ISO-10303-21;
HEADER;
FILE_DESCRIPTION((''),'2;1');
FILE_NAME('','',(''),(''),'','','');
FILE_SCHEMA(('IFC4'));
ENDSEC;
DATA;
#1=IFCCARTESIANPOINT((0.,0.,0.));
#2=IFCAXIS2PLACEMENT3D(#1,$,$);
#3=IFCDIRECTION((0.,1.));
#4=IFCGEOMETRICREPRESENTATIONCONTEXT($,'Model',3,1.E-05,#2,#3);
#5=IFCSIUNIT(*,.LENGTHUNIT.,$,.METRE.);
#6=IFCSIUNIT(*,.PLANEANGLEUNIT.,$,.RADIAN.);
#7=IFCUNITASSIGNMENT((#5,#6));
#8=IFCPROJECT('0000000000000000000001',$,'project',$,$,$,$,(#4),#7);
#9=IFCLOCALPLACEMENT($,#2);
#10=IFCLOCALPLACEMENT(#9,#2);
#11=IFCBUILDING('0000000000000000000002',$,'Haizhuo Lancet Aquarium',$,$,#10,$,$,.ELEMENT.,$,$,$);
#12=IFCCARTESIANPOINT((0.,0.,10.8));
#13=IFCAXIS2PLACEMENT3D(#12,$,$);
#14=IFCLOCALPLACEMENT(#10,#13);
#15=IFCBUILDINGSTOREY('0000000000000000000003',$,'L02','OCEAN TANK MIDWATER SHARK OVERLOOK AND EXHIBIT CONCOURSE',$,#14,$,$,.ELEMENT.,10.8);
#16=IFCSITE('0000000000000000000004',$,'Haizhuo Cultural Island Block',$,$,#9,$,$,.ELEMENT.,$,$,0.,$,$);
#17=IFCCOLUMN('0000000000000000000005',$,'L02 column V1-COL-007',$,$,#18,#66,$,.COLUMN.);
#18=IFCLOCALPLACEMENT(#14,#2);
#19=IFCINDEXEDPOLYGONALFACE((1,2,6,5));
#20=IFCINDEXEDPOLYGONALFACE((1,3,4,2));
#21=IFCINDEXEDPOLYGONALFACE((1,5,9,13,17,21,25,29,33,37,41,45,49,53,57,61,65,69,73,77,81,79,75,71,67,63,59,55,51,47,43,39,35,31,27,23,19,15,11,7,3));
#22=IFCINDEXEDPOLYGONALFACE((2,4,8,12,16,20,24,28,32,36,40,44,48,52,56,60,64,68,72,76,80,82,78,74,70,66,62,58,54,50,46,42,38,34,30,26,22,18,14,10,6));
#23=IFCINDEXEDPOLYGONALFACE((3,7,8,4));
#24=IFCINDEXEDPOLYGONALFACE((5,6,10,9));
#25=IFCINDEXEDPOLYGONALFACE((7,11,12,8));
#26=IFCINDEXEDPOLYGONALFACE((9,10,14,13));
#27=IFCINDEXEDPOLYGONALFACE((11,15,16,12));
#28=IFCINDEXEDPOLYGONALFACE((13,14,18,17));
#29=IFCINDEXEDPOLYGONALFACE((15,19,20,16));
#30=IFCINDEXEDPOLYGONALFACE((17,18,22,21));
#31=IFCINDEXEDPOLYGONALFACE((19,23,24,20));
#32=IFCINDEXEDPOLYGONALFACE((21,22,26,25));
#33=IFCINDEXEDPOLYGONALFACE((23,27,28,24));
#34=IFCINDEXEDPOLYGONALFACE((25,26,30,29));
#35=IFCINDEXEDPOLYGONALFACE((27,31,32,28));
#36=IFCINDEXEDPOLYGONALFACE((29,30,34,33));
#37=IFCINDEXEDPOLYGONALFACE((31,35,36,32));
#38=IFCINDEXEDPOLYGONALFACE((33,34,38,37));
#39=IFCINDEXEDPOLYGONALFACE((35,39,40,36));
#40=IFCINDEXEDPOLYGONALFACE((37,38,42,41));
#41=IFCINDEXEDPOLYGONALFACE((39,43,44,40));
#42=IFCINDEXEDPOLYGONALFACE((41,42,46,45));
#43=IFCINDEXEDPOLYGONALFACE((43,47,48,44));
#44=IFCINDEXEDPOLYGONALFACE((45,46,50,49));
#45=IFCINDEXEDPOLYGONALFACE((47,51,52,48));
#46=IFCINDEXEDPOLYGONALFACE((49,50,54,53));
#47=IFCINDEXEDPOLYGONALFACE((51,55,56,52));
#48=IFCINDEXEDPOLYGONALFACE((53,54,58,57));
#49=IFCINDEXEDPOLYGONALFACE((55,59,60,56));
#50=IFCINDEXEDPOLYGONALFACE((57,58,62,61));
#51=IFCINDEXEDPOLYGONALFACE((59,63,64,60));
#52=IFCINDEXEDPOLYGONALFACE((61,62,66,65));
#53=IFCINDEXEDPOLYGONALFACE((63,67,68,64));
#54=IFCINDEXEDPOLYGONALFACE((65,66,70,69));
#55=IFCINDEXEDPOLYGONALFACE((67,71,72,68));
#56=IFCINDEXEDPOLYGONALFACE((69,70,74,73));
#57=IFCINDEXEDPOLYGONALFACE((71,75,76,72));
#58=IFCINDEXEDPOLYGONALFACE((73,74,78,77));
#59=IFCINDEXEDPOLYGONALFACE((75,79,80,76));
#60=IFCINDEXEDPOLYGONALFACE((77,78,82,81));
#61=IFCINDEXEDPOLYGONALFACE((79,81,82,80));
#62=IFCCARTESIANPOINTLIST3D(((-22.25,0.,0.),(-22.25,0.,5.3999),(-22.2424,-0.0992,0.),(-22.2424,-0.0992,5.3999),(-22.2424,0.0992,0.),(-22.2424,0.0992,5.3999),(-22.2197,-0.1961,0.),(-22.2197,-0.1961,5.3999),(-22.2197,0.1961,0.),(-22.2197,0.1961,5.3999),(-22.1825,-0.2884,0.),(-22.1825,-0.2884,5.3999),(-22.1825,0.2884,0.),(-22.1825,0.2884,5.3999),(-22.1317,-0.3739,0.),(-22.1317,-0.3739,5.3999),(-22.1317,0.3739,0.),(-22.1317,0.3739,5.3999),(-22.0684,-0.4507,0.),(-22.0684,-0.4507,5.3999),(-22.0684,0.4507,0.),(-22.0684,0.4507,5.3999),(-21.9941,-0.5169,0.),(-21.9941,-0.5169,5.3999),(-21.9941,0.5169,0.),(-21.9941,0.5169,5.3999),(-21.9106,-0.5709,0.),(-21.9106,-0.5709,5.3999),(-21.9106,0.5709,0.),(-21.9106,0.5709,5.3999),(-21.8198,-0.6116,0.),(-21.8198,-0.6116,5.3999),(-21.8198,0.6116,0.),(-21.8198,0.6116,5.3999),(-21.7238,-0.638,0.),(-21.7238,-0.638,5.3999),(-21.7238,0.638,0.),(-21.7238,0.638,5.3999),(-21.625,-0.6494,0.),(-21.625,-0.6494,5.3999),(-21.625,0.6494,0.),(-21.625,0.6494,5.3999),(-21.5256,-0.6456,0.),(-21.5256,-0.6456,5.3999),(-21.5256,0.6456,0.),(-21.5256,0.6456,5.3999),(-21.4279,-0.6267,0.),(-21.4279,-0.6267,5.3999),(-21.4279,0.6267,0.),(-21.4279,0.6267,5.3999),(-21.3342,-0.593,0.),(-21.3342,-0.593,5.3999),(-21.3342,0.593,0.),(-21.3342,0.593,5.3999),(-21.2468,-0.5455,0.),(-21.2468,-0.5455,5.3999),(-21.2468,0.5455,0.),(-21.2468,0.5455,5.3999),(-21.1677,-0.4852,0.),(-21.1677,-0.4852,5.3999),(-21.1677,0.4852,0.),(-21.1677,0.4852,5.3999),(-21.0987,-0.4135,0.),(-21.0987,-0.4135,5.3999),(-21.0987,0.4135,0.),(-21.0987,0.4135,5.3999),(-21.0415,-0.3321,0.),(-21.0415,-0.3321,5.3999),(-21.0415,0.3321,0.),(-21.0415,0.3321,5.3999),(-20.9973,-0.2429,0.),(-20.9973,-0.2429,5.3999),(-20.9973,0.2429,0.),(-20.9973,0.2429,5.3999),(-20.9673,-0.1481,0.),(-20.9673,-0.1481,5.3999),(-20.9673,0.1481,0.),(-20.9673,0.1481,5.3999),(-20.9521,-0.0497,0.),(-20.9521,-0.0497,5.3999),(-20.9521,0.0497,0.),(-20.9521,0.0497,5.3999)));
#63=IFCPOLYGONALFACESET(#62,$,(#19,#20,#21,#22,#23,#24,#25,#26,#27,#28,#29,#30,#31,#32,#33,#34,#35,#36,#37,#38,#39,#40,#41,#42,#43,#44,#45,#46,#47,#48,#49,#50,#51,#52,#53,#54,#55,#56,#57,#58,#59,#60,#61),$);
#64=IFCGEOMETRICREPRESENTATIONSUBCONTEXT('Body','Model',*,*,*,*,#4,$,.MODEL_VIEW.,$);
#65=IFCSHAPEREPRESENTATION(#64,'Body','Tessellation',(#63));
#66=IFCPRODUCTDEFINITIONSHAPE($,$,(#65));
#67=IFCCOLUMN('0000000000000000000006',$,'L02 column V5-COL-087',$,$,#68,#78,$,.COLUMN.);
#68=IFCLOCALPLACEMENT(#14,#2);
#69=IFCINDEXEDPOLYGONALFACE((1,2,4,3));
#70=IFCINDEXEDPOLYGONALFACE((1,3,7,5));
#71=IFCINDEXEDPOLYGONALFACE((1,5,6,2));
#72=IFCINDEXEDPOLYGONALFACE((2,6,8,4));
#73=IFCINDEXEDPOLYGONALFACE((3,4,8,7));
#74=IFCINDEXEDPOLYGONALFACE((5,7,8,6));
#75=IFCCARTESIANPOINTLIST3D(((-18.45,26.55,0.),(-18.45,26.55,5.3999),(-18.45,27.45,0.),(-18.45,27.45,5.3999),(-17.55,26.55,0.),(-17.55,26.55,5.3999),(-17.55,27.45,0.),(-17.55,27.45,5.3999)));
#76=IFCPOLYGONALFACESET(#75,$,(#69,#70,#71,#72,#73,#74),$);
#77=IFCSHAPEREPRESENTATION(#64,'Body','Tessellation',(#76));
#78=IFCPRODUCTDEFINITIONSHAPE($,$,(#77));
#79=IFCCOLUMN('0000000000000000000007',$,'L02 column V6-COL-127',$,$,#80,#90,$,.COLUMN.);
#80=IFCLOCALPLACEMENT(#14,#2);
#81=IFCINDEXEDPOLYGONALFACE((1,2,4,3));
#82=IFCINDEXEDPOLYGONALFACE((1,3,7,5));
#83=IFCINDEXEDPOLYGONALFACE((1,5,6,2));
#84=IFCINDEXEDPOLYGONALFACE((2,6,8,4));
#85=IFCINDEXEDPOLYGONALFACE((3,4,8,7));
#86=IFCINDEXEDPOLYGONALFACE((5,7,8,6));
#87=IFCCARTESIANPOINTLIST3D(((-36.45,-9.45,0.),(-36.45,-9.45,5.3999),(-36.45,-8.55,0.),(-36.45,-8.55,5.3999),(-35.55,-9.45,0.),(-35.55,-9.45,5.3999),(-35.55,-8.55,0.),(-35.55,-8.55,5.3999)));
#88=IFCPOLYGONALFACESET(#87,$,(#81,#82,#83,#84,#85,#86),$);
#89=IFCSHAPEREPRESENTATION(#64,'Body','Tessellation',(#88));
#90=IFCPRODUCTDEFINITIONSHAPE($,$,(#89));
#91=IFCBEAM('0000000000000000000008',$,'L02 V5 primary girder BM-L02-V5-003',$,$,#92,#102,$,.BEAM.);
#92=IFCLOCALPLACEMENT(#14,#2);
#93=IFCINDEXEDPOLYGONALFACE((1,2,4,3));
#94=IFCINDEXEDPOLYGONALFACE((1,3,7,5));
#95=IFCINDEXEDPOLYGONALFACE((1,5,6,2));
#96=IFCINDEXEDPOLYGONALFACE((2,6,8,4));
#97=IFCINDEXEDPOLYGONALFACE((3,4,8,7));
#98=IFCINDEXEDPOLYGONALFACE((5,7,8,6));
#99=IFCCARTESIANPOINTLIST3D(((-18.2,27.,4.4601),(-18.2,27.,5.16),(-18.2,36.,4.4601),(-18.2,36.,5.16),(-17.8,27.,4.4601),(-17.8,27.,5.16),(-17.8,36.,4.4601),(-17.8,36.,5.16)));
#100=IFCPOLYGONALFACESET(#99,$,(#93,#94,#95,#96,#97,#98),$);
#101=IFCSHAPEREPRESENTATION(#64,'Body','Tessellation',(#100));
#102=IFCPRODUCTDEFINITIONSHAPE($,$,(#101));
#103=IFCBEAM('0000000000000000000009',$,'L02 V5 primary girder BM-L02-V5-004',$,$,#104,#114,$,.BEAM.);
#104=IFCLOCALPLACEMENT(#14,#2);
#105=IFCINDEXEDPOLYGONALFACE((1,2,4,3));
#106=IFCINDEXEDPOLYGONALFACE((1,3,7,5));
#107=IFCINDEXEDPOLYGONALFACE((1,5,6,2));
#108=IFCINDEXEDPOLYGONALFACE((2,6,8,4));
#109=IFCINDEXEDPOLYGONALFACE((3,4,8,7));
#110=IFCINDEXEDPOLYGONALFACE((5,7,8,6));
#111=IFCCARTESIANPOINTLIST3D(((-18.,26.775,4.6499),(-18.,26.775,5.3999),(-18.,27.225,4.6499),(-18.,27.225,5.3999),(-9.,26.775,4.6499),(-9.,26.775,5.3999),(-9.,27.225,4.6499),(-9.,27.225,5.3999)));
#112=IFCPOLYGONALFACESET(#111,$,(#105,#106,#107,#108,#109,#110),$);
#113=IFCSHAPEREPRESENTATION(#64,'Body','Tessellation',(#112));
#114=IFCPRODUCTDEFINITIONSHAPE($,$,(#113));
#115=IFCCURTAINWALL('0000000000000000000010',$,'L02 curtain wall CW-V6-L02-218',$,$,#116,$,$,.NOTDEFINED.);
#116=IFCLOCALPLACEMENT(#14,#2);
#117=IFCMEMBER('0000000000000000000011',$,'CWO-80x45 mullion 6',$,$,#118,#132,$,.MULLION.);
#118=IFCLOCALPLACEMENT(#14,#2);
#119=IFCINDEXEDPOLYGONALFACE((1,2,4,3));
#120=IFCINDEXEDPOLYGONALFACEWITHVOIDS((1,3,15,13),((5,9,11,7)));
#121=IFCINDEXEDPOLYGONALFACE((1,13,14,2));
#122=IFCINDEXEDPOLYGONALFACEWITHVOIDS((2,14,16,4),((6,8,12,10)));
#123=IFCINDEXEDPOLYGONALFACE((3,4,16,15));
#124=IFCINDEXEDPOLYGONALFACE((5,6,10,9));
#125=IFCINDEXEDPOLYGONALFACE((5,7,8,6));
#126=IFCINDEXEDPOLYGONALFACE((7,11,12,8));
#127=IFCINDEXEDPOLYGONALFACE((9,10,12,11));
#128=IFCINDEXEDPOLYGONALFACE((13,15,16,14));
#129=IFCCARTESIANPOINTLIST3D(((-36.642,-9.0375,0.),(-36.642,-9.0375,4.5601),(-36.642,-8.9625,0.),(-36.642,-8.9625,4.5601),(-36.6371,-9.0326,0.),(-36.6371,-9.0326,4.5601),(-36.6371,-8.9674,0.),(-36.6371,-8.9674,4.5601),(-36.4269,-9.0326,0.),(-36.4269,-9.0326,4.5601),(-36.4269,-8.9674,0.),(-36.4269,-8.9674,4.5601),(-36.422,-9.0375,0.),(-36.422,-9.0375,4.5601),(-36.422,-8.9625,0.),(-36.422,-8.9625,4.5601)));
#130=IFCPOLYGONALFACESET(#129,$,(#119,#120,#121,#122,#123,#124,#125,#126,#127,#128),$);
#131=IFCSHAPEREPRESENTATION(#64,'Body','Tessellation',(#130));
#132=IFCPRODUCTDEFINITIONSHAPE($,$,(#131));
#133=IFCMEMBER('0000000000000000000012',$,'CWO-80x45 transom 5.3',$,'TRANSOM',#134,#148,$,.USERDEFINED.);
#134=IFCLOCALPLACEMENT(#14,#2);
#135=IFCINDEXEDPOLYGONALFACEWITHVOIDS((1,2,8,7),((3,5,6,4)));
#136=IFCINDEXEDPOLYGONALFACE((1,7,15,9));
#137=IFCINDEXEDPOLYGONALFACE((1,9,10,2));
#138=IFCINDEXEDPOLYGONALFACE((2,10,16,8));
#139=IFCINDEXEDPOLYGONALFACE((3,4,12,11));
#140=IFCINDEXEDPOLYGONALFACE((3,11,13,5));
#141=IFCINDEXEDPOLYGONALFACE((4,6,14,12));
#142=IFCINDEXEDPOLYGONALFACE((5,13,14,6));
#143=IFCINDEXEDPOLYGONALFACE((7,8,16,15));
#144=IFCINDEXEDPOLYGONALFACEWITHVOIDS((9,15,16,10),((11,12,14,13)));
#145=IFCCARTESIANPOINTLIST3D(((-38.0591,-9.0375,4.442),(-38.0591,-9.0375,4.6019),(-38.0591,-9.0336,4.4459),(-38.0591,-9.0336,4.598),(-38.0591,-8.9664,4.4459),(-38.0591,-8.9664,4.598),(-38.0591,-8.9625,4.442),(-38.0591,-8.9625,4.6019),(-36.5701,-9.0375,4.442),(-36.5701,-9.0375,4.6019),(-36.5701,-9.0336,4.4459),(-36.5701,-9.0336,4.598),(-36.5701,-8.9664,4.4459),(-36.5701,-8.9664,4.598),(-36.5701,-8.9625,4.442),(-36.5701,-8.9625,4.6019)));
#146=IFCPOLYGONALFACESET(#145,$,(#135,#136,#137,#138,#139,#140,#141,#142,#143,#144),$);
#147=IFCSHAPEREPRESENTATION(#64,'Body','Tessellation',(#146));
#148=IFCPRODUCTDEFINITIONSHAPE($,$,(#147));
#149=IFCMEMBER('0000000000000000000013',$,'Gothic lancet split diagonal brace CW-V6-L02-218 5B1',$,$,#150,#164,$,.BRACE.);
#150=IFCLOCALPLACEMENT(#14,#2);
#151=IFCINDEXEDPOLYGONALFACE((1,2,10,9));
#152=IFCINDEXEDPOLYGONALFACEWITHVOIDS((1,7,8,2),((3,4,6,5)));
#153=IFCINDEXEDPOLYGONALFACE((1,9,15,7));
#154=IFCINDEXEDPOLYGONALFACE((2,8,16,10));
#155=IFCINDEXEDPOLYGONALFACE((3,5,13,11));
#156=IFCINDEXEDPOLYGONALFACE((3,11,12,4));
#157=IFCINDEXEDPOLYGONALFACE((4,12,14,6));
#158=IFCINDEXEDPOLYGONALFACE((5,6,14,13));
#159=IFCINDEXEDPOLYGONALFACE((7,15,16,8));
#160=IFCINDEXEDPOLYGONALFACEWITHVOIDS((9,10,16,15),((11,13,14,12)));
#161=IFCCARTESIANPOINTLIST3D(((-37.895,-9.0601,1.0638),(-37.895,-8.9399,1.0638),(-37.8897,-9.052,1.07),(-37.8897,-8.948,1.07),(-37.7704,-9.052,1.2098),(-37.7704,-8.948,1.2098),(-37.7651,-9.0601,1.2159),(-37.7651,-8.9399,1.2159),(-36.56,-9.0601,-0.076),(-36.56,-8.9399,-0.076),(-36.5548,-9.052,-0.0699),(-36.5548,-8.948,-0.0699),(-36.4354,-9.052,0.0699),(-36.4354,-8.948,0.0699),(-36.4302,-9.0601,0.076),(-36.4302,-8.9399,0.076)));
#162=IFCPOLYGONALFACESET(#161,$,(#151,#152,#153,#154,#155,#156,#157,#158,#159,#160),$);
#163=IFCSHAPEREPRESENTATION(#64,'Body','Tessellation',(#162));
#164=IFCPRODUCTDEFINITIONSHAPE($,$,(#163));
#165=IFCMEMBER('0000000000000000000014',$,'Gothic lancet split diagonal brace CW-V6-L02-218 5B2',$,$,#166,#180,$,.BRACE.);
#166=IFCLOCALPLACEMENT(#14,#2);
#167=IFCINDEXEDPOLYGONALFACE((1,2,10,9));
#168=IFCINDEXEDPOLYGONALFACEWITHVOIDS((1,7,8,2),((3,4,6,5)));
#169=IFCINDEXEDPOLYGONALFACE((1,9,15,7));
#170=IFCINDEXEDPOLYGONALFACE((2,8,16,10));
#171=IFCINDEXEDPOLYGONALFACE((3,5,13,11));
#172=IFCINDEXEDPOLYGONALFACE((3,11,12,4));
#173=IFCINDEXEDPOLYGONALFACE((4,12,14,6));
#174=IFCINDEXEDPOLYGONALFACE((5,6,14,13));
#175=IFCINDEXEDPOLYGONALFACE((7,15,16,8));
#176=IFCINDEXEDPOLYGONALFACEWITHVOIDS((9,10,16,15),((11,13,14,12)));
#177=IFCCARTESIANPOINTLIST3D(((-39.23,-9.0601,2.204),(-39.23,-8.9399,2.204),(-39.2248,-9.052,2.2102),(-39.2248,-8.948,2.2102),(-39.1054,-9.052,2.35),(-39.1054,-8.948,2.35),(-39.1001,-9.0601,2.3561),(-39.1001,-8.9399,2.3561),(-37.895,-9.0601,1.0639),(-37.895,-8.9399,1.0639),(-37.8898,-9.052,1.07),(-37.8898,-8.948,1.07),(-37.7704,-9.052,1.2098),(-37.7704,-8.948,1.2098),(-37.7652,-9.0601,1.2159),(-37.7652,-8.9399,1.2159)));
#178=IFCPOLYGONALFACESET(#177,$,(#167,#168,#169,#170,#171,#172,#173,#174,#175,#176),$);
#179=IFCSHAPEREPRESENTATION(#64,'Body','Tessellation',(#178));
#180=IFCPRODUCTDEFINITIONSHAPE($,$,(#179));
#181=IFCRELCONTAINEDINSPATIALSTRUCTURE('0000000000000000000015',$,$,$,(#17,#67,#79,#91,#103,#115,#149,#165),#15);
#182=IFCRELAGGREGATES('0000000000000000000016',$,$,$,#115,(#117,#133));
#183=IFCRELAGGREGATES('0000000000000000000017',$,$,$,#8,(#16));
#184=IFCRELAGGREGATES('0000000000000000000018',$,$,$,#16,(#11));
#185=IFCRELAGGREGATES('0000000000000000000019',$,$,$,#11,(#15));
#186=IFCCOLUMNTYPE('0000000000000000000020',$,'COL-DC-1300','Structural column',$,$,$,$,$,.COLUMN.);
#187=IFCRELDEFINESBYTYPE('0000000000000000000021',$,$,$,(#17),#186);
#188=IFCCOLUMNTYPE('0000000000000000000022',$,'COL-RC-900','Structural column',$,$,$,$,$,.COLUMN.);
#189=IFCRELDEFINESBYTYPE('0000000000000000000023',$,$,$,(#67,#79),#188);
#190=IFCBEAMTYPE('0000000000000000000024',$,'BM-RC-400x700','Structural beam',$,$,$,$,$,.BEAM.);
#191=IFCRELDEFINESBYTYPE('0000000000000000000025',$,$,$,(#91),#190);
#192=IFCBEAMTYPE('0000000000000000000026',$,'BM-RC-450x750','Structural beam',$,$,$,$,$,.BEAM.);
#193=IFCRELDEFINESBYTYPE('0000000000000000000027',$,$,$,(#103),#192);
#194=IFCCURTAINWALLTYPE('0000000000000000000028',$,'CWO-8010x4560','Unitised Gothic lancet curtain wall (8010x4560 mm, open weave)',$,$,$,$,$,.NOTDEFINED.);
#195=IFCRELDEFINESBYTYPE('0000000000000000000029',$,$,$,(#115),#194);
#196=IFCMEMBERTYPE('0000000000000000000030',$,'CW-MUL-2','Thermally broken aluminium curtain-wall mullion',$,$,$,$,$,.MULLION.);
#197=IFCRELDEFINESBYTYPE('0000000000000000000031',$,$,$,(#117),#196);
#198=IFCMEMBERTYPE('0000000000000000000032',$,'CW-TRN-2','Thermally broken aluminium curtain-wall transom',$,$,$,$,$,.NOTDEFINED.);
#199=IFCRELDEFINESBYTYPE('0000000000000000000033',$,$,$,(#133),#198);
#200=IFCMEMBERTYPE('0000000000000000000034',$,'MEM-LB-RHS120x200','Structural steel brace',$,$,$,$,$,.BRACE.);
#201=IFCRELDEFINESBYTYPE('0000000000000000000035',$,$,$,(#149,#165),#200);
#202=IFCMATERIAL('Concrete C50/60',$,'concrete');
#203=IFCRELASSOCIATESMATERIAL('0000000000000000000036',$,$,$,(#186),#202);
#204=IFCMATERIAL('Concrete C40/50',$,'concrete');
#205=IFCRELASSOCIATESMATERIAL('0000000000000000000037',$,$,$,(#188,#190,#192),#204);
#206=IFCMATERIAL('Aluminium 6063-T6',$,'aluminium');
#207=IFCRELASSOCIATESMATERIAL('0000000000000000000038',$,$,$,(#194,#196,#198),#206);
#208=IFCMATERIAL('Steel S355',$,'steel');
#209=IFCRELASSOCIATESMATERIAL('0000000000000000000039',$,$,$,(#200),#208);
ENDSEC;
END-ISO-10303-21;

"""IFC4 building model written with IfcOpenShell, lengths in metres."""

from ifc_helpers import new_model, si_unit, direction, frame, origin, origin_2d, place, context, subcontext, project, spatial, rectangle, hollow_rectangle, circle, extrude, material, material_profile, profile_set, type_object, element, aggregate, save


model = new_model("IFC4")

# Units and contexts
model_context = context("Model", 3, precision=1e-05, world=origin(), true_north=direction((0.0, 1.0)))
body_context = subcontext(model_context, "Body", "Model", "MODEL_VIEW")
ifc_project = project(units=[si_unit("LENGTHUNIT", "METRE"), si_unit("PLANEANGLEUNIT", "RADIAN")], contexts=[model_context])

# Site, building, storey
site_placement = place(None, origin())
site = spatial("IfcSite", under=ifc_project, at=site_placement, Name="Haizhuo Cultural Island Block", CompositionType="ELEMENT", RefElevation=0.0)
building_placement = place(site_placement, origin())
building = spatial("IfcBuilding", under=site, at=building_placement, Name="Haizhuo Lancet Aquarium", CompositionType="ELEMENT")
storey_placement = place(building_placement, frame((0.0, 0.0, 10.8)))
storey = spatial("IfcBuildingStorey", under=building, at=storey_placement, Name="L02", Description="OCEAN TANK MIDWATER SHARK OVERLOOK AND EXHIBIT CONCOURSE", CompositionType="ELEMENT", Elevation=10.8)

# Columns
ifc_material_1 = material(Name="Concrete C50/60", Category="concrete")
ifc_material_profile_1 = material_profile(ifc_material_1, circle(Radius=0.6499, at=origin_2d()), Name="RC-DC 1300")
ifc_profile_set_1 = profile_set([ifc_material_profile_1], Name="Concrete C50/60")
column_type_1 = type_object("IfcColumnType", Name="COL-DC-1300", Description="Structural column", PredefinedType="COLUMN", material=ifc_profile_set_1)
for number, where, z_axis, x_axis, name in (
    (1, (-21.6001, 0.0, 0.0), (0.0, 0.0, 1.0), (-1.0, 0.0, 0.0), "L02 column V1-COL-007"),
):
    element("IfcColumn", number, at=place(storey_placement, frame(where, z_axis=z_axis, x_axis=x_axis)), inside=storey, type_object=column_type_1, Name=name, PredefinedType="COLUMN", context=body_context, shape_type="SweptSolid", body=[
        extrude(circle(Radius=0.6499, at=origin_2d()), origin(), (0.0, 0.0, 1.0), 5.3999),
    ])
ifc_material_2 = material(Name="Concrete C40/50", Category="concrete")
ifc_material_profile_2 = material_profile(ifc_material_2, rectangle(XDim=0.8999, YDim=0.8999, at=origin_2d()), Name="RC-COL 900x900")
ifc_profile_set_2 = profile_set([ifc_material_profile_2], Name="Concrete C40/50")
column_type_2 = type_object("IfcColumnType", Name="COL-RC-900", Description="Structural column", PredefinedType="COLUMN", material=ifc_profile_set_2)
for number, where, z_axis, x_axis, name in (
    (2, (-18.0, 27.0, 0.0), (0.0, 0.0, 1.0), (1.0, 0.0, 0.0), "L02 column V5-COL-087"),
    (3, (-36.0, -9.0, 0.0), (0.0, 0.0, 1.0), (1.0, 0.0, 0.0), "L02 column V6-COL-127"),
):
    element("IfcColumn", number, at=place(storey_placement, frame(where, z_axis=z_axis, x_axis=x_axis)), inside=storey, type_object=column_type_2, Name=name, PredefinedType="COLUMN", context=body_context, shape_type="SweptSolid", body=[
        extrude(rectangle(XDim=0.8999, YDim=0.8999, at=origin_2d()), origin(), (0.0, 0.0, 1.0), 5.3999),
    ])

# Beams
ifc_material_profile_3 = material_profile(ifc_material_2, rectangle(XDim=0.3999, YDim=0.7, at=origin_2d()), Name="RC-BM 400x700")
ifc_profile_set_3 = profile_set([ifc_material_profile_3], Name="Concrete C40/50")
beam_type_1 = type_object("IfcBeamType", Name="BM-RC-400x700", Description="Structural beam", PredefinedType="BEAM", material=ifc_profile_set_3)
beam_1_placement = place(storey_placement, frame((-18.0, 27.0, 4.8101), z_axis=(0.0, 1.0, 0.0), x_axis=(-1.0, 0.0, 0.0)))
element("IfcBeam", 4, at=beam_1_placement, inside=storey, type_object=beam_type_1, Name="L02 V5 primary girder BM-L02-V5-003", PredefinedType="BEAM", context=body_context, shape_type="SweptSolid", body=[
    extrude(rectangle(XDim=0.3999, YDim=0.7, at=origin_2d()), origin(), (0.0, 0.0, 1.0), 9.0),
])
ifc_material_profile_4 = material_profile(ifc_material_2, rectangle(XDim=0.45, YDim=0.75, at=origin_2d()), Name="RC-BM 450x750")
ifc_profile_set_4 = profile_set([ifc_material_profile_4], Name="Concrete C40/50")
beam_type_2 = type_object("IfcBeamType", Name="BM-RC-450x750", Description="Structural beam", PredefinedType="BEAM", material=ifc_profile_set_4)
beam_2_placement = place(storey_placement, frame((-18.0, 27.0, 5.0249), z_axis=(1.0, 0.0, 0.0), x_axis=(0.0, 1.0, 0.0)))
element("IfcBeam", 5, at=beam_2_placement, inside=storey, type_object=beam_type_2, Name="L02 V5 primary girder BM-L02-V5-004", PredefinedType="BEAM", context=body_context, shape_type="SweptSolid", body=[
    extrude(rectangle(XDim=0.45, YDim=0.75, at=origin_2d()), origin(), (0.0, 0.0, 1.0), 9.0),
])

# Curtain wall, members
ifc_material_3 = material(Name="Aluminium 6063-T6", Category="aluminium")
curtain_wall_type = type_object("IfcCurtainWallType", Name="CWO-8010x4560", Description="Unitised Gothic lancet curtain wall (8010x4560 mm, open weave)", PredefinedType="NOTDEFINED", material=ifc_material_3)
curtain_wall_placement = place(storey_placement, origin())
curtain_wall = element("IfcCurtainWall", 6, at=curtain_wall_placement, inside=storey, type_object=curtain_wall_type, Name="L02 curtain wall CW-V6-L02-218", PredefinedType="NOTDEFINED")
ifc_material_profile_5 = material_profile(ifc_material_3, hollow_rectangle(XDim=0.075, YDim=0.22, WallThickness=0.0049, at=origin_2d()), Name="ALU-M 75x220x5")
ifc_profile_set_5 = profile_set([ifc_material_profile_5], Name="Aluminium 6063-T6")
member_type_1 = type_object("IfcMemberType", Name="CW-MUL-2", Description="Thermally broken aluminium curtain-wall mullion", PredefinedType="MULLION", material=ifc_profile_set_5)
member_1_placement = place(storey_placement, frame((-36.532, -9.0, 0.0), z_axis=(0.0, 0.0, 1.0), x_axis=(0.0, 1.0, 0.0)))
member_1 = element("IfcMember", 7, at=member_1_placement, type_object=member_type_1, Name="CWO-80x45 mullion 6", PredefinedType="MULLION", context=body_context, shape_type="SweptSolid", body=[
    extrude(hollow_rectangle(XDim=0.075, YDim=0.22, WallThickness=0.0049, at=origin_2d()), origin(), (0.0, 0.0, 1.0), 4.5601),
])
ifc_material_profile_6 = material_profile(ifc_material_3, hollow_rectangle(XDim=0.075, YDim=0.1599, WallThickness=0.0039, at=origin_2d()), Name="ALU-T 75x160x4")
ifc_profile_set_6 = profile_set([ifc_material_profile_6], Name="Aluminium 6063-T6")
member_type_2 = type_object("IfcMemberType", Name="CW-TRN-2", Description="Thermally broken aluminium curtain-wall transom", PredefinedType="NOTDEFINED", material=ifc_profile_set_6)
member_2_placement = place(storey_placement, frame((-38.0591, -9.0, 4.522), z_axis=(1.0, 0.0, 0.0), x_axis=(0.0, 1.0, 0.0)))
member_2 = element("IfcMember", 8, at=member_2_placement, type_object=member_type_2, Name="CWO-80x45 transom 5.3", ObjectType="TRANSOM", PredefinedType="USERDEFINED", context=body_context, shape_type="SweptSolid", body=[
    extrude(hollow_rectangle(XDim=0.075, YDim=0.1599, WallThickness=0.0039, at=origin_2d()), origin(), (0.0, 0.0, 1.0), 1.489),
])

# Members
ifc_material_4 = material(Name="Steel S355", Category="steel")
ifc_material_profile_7 = material_profile(ifc_material_4, hollow_rectangle(XDim=0.1201, YDim=0.2, WallThickness=0.0081, at=origin_2d()), Name="RHS 120x200x8")
ifc_profile_set_7 = profile_set([ifc_material_profile_7], Name="Steel S355")
member_type_3 = type_object("IfcMemberType", Name="MEM-LB-RHS120x200", Description="Structural steel brace", PredefinedType="BRACE", material=ifc_profile_set_7)
member_3_placement = place(storey_placement, frame((-36.4951, -9.0, 0.0), z_axis=(-0.760482, 0.0, 0.649359), x_axis=(0.0, -1.0, 0.0)))
element("IfcMember", 9, at=member_3_placement, inside=storey, type_object=member_type_3, Name="Gothic lancet split diagonal brace CW-V6-L02-218 5B1", PredefinedType="BRACE", context=body_context, shape_type="SweptSolid", body=[
    extrude(hollow_rectangle(XDim=0.1201, YDim=0.2, WallThickness=0.0081, at=origin_2d()), origin(), (0.0, 0.0, 1.0), 1.7554),
])
member_4_placement = place(storey_placement, frame((-37.8301, -9.0, 1.1399), z_axis=(-0.760414, 0.0, 0.649439), x_axis=(0.0, -1.0, 0.0)))
element("IfcMember", 10, at=member_4_placement, inside=storey, type_object=member_type_3, Name="Gothic lancet split diagonal brace CW-V6-L02-218 5B2", PredefinedType="BRACE", context=body_context, shape_type="SweptSolid", body=[
    extrude(hollow_rectangle(XDim=0.1201, YDim=0.2, WallThickness=0.0081, at=origin_2d()), origin(), (0.0, 0.0, 1.0), 1.7556),
])

aggregate(curtain_wall, [member_1, member_2])

save(model, "model.ifc")
